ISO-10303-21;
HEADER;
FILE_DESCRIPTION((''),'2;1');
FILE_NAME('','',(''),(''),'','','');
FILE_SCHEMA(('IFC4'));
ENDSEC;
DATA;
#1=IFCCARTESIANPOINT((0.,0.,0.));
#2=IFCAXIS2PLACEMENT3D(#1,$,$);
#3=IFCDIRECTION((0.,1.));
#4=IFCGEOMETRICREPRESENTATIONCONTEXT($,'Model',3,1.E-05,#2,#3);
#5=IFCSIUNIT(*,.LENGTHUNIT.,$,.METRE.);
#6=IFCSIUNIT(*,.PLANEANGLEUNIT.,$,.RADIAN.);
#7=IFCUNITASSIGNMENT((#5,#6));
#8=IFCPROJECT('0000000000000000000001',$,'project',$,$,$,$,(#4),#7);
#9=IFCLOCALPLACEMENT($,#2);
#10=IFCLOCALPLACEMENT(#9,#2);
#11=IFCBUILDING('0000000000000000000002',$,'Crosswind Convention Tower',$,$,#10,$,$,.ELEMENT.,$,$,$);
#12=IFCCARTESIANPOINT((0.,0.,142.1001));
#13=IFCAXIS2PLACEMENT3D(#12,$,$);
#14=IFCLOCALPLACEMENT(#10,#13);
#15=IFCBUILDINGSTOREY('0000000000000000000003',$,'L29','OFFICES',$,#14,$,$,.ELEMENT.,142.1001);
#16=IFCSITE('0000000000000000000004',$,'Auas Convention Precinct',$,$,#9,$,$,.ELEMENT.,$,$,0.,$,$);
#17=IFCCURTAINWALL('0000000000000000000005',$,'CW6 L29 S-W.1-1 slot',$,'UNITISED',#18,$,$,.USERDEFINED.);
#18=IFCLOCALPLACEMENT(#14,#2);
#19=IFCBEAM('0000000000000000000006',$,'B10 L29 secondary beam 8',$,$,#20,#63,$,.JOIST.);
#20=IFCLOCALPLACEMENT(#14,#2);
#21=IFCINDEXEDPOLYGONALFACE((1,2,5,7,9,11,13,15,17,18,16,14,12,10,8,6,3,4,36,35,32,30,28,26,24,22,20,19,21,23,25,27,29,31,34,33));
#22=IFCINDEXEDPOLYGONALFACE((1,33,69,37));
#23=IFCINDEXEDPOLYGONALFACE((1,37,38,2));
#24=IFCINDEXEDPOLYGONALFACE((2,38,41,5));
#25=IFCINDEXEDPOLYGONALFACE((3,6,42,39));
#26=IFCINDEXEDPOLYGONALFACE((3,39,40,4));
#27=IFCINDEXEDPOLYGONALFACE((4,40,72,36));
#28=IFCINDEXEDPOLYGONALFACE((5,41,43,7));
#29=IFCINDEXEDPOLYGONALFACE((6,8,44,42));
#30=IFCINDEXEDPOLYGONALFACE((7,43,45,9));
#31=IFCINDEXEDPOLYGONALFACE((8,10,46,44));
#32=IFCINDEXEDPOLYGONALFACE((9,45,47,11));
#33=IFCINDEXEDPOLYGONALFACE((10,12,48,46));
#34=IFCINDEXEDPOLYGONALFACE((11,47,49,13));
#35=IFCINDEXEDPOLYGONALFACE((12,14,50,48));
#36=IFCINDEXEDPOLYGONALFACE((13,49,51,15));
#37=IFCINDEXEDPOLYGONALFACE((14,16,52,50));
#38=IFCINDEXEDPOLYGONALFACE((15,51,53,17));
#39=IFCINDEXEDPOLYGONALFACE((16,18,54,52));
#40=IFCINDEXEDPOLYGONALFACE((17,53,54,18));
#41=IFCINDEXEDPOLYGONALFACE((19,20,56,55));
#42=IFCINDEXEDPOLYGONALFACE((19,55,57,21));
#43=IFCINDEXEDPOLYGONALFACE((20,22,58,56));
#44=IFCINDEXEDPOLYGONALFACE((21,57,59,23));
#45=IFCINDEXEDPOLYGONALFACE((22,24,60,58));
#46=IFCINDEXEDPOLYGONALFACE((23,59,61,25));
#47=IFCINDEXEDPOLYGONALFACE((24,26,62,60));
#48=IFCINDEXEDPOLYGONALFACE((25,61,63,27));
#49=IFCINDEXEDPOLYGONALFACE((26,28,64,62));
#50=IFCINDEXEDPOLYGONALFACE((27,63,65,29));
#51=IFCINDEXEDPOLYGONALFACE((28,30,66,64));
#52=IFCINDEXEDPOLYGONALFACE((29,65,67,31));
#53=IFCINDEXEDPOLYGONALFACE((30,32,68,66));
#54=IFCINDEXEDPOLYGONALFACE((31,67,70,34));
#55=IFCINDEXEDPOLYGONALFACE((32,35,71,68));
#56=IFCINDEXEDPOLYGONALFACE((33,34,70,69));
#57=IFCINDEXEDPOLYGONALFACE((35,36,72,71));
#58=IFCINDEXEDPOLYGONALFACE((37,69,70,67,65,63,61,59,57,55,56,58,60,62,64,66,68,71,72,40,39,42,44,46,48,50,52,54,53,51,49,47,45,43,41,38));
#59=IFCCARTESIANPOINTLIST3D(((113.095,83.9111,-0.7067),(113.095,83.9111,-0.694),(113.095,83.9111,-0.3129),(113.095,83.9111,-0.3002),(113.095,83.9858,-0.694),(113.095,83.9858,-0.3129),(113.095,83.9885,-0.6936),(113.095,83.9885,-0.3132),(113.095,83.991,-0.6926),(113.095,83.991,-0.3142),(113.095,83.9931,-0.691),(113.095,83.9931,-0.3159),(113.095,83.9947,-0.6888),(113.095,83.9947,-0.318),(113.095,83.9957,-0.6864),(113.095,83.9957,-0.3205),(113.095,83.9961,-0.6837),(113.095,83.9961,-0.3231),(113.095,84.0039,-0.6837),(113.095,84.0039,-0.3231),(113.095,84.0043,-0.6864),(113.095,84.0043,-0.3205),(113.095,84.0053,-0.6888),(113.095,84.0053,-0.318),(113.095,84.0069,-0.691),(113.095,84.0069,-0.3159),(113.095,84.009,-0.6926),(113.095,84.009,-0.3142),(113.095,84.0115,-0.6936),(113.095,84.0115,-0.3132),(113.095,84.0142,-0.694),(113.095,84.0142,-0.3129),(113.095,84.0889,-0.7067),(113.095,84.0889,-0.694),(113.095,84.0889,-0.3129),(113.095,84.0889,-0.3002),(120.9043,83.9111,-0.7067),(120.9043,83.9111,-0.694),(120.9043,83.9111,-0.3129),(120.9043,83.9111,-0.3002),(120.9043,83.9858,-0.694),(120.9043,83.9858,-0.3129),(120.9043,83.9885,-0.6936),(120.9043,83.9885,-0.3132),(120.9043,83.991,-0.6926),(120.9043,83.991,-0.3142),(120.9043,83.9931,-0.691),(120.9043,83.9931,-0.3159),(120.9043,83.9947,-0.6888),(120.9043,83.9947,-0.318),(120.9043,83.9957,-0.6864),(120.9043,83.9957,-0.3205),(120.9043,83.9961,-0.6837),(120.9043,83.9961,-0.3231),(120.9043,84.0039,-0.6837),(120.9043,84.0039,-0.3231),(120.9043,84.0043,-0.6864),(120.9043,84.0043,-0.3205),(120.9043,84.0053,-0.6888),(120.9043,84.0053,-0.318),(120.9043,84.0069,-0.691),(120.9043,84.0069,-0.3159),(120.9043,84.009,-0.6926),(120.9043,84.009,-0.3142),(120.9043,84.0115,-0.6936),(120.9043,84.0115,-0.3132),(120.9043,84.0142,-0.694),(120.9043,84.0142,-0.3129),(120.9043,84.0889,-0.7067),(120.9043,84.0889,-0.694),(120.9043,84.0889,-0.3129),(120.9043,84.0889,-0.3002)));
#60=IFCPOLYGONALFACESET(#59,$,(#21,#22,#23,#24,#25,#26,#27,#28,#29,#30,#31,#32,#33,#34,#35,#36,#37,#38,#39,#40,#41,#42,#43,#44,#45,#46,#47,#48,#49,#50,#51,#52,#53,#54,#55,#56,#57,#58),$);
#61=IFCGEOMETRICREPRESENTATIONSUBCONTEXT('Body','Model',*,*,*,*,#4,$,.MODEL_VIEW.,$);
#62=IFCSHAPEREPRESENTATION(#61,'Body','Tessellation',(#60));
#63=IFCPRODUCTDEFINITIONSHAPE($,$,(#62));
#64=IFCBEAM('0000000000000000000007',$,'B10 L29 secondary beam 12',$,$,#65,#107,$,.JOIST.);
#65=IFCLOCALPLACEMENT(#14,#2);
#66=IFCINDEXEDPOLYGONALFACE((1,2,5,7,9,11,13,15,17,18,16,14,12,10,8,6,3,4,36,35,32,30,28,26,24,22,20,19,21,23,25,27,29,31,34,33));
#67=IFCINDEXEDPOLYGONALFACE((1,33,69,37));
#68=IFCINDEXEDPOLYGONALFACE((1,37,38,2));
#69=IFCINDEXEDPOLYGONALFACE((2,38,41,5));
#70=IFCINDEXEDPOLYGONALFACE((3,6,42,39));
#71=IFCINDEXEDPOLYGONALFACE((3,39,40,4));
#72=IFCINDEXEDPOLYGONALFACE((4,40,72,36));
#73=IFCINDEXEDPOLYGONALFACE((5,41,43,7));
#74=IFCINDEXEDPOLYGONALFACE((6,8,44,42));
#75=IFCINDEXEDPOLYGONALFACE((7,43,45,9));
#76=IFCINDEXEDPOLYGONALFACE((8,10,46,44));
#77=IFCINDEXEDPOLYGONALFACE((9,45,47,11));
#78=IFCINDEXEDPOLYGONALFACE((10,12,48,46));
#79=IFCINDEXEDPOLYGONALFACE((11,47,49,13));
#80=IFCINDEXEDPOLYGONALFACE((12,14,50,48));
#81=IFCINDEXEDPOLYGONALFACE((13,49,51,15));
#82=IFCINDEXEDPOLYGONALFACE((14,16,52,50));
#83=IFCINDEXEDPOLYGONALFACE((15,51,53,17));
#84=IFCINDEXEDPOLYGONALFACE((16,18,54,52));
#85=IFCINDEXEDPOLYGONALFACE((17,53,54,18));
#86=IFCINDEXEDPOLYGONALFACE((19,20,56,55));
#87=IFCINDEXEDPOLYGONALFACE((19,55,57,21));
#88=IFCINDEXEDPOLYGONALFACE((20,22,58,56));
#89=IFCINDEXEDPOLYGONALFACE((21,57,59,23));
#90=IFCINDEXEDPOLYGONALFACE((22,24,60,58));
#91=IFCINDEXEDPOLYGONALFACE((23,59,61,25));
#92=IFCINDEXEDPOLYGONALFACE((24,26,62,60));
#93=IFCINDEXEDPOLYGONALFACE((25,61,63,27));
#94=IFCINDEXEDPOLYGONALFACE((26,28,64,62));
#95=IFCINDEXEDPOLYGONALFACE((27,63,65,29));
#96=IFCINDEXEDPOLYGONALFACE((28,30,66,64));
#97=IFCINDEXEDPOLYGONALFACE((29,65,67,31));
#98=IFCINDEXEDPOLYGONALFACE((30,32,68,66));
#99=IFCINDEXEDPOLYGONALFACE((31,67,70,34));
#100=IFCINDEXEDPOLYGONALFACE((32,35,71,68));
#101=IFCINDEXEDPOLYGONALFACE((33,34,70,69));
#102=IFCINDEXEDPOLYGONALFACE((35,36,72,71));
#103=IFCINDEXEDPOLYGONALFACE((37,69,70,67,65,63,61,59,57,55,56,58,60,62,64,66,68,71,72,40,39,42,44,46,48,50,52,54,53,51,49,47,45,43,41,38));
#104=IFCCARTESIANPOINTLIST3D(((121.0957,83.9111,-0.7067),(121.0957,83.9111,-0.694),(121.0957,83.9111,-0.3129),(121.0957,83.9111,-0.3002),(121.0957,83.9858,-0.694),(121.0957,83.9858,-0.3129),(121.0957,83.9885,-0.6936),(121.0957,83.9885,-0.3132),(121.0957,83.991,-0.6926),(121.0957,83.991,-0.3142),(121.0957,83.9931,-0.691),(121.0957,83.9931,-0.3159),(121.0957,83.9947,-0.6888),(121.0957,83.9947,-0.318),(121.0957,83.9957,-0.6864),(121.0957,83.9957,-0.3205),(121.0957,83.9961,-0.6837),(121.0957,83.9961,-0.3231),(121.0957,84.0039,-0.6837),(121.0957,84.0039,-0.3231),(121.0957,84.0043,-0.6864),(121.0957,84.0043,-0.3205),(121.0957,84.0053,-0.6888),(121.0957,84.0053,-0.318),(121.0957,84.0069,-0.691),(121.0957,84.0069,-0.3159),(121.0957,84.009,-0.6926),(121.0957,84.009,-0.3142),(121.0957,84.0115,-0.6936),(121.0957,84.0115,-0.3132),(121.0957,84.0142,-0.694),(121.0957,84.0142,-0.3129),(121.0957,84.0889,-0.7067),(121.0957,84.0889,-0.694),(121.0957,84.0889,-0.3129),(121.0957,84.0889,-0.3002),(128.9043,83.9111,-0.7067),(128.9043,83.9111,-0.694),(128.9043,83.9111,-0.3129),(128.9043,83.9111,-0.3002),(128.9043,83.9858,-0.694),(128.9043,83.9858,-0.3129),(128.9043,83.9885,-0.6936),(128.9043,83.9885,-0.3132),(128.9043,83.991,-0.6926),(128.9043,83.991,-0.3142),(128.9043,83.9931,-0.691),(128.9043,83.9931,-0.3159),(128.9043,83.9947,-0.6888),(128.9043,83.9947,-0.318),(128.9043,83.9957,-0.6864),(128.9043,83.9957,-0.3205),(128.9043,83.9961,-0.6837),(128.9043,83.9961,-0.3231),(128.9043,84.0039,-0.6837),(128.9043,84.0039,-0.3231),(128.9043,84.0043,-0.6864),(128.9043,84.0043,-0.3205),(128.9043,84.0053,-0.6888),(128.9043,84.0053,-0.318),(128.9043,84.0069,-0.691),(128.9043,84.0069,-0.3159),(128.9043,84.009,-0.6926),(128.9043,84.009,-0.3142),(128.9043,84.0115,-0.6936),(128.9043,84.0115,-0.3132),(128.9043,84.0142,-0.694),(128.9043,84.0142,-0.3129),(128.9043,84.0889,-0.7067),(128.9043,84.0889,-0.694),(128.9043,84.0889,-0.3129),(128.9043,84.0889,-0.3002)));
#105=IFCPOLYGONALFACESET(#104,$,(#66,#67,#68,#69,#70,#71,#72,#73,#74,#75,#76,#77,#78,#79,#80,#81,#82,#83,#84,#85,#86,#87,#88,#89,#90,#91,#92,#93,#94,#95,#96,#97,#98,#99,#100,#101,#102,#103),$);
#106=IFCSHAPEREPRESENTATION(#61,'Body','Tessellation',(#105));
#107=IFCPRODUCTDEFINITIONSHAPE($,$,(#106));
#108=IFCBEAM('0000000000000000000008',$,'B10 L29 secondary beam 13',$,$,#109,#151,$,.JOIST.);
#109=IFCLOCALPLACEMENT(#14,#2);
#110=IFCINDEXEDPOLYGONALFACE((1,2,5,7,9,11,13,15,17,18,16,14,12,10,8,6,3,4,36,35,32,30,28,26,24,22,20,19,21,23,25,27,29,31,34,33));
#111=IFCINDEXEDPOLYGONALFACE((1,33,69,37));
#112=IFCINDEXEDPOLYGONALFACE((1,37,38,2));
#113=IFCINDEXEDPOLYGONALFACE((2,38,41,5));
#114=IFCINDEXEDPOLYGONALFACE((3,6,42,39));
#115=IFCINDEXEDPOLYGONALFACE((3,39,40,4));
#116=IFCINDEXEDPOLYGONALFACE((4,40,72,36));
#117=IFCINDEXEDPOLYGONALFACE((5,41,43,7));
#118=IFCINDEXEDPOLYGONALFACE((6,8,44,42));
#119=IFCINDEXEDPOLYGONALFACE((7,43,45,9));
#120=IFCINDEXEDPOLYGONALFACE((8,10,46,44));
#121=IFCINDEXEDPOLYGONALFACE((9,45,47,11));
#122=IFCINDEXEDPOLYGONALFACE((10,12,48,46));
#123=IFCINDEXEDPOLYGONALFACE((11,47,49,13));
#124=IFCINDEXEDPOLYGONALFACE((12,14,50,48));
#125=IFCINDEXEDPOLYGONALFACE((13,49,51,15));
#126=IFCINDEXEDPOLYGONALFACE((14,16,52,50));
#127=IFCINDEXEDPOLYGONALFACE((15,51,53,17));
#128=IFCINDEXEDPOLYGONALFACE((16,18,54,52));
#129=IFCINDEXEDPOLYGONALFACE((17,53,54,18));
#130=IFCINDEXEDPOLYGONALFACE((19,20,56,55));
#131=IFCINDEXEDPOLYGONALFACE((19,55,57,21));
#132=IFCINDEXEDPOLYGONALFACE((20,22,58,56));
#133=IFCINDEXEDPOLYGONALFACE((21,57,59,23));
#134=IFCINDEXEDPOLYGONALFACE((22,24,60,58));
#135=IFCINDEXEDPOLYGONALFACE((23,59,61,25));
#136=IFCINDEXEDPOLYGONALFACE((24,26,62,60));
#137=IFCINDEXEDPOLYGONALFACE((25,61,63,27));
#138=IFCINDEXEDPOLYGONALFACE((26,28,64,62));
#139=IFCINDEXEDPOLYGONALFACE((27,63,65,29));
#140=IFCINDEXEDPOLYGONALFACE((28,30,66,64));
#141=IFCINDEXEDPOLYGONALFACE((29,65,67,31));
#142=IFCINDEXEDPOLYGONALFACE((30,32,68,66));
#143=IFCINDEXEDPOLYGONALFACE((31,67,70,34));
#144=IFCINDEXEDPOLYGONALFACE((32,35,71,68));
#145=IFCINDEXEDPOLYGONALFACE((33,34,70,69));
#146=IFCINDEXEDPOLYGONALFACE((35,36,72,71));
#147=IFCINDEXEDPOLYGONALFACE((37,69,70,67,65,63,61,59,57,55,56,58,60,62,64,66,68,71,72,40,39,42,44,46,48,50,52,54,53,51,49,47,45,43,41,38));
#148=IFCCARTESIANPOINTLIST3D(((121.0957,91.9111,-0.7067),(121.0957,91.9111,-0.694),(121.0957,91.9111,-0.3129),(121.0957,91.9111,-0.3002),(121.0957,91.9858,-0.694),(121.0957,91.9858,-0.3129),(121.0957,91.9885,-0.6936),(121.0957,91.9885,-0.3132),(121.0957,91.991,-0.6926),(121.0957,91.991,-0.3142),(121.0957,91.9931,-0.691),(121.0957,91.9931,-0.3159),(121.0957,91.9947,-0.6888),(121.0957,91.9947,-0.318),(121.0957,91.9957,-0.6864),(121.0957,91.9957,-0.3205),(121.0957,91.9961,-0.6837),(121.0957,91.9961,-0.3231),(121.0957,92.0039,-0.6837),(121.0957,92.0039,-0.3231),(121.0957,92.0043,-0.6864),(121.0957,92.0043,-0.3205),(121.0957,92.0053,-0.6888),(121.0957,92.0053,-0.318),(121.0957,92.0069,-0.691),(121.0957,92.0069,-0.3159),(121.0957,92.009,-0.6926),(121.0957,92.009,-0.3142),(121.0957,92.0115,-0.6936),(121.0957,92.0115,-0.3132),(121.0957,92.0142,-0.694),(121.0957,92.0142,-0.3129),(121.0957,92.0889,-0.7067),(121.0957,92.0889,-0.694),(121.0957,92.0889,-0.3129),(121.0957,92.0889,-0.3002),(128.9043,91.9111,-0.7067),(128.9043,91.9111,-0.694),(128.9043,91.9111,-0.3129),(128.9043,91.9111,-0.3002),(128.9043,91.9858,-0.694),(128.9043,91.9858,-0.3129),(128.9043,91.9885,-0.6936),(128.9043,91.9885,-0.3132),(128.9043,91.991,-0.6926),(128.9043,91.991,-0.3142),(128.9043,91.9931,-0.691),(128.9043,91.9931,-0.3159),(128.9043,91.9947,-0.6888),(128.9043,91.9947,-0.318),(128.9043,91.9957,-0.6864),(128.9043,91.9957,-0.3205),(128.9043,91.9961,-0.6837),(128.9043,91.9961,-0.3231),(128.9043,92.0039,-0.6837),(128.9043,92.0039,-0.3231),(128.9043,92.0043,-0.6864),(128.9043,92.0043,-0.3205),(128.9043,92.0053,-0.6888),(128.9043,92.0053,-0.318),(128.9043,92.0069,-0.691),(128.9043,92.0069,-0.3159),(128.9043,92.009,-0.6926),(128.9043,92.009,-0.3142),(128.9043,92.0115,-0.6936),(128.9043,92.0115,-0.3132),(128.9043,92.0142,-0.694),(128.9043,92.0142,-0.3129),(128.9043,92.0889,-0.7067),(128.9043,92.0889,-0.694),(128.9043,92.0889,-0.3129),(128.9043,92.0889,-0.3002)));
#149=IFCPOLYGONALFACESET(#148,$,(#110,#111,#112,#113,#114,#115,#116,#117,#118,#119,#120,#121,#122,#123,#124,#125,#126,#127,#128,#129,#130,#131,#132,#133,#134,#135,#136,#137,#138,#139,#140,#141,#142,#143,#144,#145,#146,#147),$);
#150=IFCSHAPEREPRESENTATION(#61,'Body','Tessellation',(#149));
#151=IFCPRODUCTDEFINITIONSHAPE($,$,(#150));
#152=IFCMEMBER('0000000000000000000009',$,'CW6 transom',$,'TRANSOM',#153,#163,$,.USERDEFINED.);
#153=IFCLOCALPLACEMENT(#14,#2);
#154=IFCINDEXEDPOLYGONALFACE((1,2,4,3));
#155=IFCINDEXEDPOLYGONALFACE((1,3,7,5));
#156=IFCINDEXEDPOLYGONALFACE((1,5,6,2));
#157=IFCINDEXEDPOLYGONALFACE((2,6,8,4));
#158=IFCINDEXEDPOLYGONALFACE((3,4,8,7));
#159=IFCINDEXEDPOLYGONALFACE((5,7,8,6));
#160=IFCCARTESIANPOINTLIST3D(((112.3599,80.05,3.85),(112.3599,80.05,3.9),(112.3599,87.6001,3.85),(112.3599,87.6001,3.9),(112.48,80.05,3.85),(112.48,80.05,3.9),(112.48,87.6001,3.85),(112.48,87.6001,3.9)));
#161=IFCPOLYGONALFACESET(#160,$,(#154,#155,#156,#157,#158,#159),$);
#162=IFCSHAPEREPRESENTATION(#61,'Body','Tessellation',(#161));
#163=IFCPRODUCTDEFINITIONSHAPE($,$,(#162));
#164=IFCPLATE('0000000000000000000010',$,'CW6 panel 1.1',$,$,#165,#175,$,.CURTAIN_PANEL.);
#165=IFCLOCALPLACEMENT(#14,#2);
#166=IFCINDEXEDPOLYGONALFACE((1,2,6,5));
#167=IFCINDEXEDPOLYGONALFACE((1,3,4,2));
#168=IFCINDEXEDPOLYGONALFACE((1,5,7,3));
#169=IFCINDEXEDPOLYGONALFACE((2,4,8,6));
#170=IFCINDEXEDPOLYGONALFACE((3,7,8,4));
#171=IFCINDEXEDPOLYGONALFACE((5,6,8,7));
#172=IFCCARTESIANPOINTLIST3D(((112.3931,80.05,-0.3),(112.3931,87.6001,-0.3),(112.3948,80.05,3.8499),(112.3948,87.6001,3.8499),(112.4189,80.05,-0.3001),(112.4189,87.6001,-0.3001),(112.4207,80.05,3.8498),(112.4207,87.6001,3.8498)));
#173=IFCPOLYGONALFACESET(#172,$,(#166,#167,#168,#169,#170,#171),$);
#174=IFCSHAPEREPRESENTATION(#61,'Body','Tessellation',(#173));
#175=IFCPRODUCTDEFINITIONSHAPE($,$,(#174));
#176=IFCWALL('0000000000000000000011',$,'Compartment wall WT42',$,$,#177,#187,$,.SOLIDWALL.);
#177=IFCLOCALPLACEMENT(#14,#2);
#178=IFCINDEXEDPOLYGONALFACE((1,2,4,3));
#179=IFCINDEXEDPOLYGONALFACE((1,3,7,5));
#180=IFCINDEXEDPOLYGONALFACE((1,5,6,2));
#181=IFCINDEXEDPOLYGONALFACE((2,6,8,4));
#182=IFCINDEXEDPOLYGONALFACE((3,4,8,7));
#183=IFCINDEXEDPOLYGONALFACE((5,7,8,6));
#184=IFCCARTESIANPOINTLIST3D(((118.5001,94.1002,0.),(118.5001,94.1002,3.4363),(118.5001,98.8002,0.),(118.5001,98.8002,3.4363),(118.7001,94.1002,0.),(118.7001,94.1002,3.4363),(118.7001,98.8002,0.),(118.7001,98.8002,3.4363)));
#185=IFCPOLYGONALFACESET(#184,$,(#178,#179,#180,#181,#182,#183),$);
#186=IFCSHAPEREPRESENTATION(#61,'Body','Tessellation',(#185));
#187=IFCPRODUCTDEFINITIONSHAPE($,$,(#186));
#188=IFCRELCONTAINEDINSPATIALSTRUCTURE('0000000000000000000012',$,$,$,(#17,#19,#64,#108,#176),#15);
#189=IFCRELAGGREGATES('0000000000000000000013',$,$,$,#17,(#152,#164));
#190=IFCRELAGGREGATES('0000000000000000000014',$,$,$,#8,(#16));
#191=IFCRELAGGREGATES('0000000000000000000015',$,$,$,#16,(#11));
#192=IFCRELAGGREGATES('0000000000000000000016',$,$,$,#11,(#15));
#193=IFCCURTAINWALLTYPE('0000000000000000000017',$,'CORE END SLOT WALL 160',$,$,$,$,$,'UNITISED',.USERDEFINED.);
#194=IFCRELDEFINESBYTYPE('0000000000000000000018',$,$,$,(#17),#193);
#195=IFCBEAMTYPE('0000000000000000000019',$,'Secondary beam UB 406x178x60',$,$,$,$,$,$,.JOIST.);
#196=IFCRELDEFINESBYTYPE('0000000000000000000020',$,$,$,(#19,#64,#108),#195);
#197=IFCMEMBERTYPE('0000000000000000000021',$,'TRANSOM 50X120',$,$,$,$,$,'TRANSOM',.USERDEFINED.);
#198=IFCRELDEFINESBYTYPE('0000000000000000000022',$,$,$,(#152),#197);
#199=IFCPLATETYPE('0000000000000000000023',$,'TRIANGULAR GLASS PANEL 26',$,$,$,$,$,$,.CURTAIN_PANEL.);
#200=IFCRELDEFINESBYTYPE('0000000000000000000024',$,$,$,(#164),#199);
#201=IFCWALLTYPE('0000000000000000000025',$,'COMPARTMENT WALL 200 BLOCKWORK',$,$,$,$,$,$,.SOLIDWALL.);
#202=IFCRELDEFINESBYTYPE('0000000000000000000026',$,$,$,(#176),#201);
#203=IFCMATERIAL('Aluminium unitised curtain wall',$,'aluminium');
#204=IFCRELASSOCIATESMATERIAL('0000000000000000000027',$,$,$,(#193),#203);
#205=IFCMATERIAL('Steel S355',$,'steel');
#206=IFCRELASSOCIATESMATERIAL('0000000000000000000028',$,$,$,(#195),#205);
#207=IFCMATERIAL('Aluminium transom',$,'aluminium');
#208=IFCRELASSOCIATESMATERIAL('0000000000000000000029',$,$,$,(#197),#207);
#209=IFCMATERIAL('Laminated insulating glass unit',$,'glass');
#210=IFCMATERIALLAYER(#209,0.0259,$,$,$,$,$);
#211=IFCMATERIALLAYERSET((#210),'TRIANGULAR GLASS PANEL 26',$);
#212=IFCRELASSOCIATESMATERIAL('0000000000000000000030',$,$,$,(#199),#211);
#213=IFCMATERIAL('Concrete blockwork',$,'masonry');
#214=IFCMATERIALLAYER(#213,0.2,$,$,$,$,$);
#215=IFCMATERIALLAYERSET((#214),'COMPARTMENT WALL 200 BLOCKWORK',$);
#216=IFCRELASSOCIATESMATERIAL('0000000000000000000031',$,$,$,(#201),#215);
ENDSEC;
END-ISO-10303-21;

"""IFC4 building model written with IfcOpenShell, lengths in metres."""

from ifc_helpers import new_model, si_unit, direction, frame, frame_2d, origin, origin_2d, place, context, subcontext, project, spatial, polyline, rectangle, i_section, outline, extrude, material, layer, layer_set, material_profile, profile_set, type_object, element, aggregate, save


model = new_model("IFC4")

# Units and contexts
model_context = context("Model", 3, precision=1e-05, world=origin(), true_north=direction((0.0, 1.0)))
body_context = subcontext(model_context, "Body", "Model", "MODEL_VIEW")
ifc_project = project(units=[si_unit("LENGTHUNIT", "METRE"), si_unit("PLANEANGLEUNIT", "RADIAN")], contexts=[model_context])

# Site, building, storey
site_placement = place(None, origin())
site = spatial("IfcSite", under=ifc_project, at=site_placement, Name="Auas Convention Precinct", CompositionType="ELEMENT", RefElevation=0.0)
building_placement = place(site_placement, origin())
building = spatial("IfcBuilding", under=site, at=building_placement, Name="Crosswind Convention Tower", CompositionType="ELEMENT")
storey_placement = place(building_placement, frame((0.0, 0.0, 142.1001)))
storey = spatial("IfcBuildingStorey", under=building, at=storey_placement, Name="L29", Description="OFFICES", CompositionType="ELEMENT", Elevation=142.1001)

# Shared definitions
ifc_material_1 = material(Name="Steel S355", Category="steel")

# Curtain wall
ifc_material_2 = material(Name="Aluminium unitised curtain wall", Category="aluminium")
curtain_wall_type = type_object("IfcCurtainWallType", Name="CORE END SLOT WALL 160", ElementType="UNITISED", PredefinedType="USERDEFINED", material=ifc_material_2)
curtain_wall_placement = place(storey_placement, origin())
curtain_wall = element("IfcCurtainWall", 1, at=curtain_wall_placement, inside=storey, type_object=curtain_wall_type, Name="CW6 L29 S-W.1-1 slot", ObjectType="UNITISED", PredefinedType="USERDEFINED")

# Beams
ifc_material_profile_1 = material_profile(ifc_material_1, i_section(OverallWidth=0.1777, OverallDepth=0.4065, WebThickness=0.0078, FlangeThickness=0.0127, FilletRadius=0.0103, at=origin_2d()), Name="UB 406x178x60")
ifc_profile_set_1 = profile_set([ifc_material_profile_1], Name="Steel S355")
beam_type_1 = type_object("IfcBeamType", Name="Secondary beam UB 406x178x60", PredefinedType="JOIST", material=ifc_profile_set_1)
beam_1_placement = place(storey_placement, frame((113.095, 84.0, -0.5034), z_axis=(1.0, 0.0, 0.0), x_axis=(0.0, 1.0, 0.0)))
element("IfcBeam", 2, at=beam_1_placement, inside=storey, type_object=beam_type_1, Name="B10 L29 secondary beam 8", PredefinedType="JOIST", context=body_context, shape_type="SweptSolid", body=[
    extrude(i_section(OverallWidth=0.1777, OverallDepth=0.4065, WebThickness=0.0078, FlangeThickness=0.0127, FilletRadius=0.0103, at=origin_2d()), origin(), (0.0, 0.0, 1.0), 7.8093),
])
for number, where, z_axis, x_axis, name in (
    (3, (121.0957, 84.0, -0.5034), (1.0, 0.0, 0.0), (0.0, 1.0, 0.0), "B10 L29 secondary beam 12"),
    (4, (121.0957, 92.0, -0.5034), (1.0, 0.0, 0.0), (0.0, 1.0, 0.0), "B10 L29 secondary beam 13"),
):
    element("IfcBeam", number, at=place(storey_placement, frame(where, z_axis=z_axis, x_axis=x_axis)), inside=storey, type_object=beam_type_1, Name=name, PredefinedType="JOIST", context=body_context, shape_type="SweptSolid", body=[
        extrude(i_section(OverallWidth=0.1777, OverallDepth=0.4065, WebThickness=0.0078, FlangeThickness=0.0127, FilletRadius=0.0103, at=origin_2d()), origin(), (0.0, 0.0, 1.0), 7.8086),
    ])

# Member
ifc_material_3 = material(Name="Aluminium transom", Category="aluminium")
ifc_material_profile_2 = material_profile(ifc_material_3, rectangle(XDim=0.1201, YDim=0.05, at=origin_2d()), Name="AL 120X50")
ifc_profile_set_2 = profile_set([ifc_material_profile_2], Name="Aluminium transom")
member_type_1 = type_object("IfcMemberType", Name="TRANSOM 50X120", ElementType="TRANSOM", PredefinedType="USERDEFINED", material=ifc_profile_set_2)
member_1_placement = place(storey_placement, frame((112.4199, 87.6001, 3.875), z_axis=(0.0, -1.0, 0.0), x_axis=(1.0, 0.0, 0.0)))
member_1 = element("IfcMember", 5, at=member_1_placement, type_object=member_type_1, Name="CW6 transom", ObjectType="TRANSOM", PredefinedType="USERDEFINED", context=body_context, shape_type="SweptSolid", body=[
    extrude(rectangle(XDim=0.1201, YDim=0.05, at=origin_2d()), origin(), (0.0, 0.0, 1.0), 7.55),
])

# Plate
ifc_material_4 = material(Name="Laminated insulating glass unit", Category="glass")
ifc_layer_1 = layer(ifc_material_4, 0.0259)
ifc_layer_set_1 = layer_set([ifc_layer_1], Name="TRIANGULAR GLASS PANEL 26")
plate_type = type_object("IfcPlateType", Name="TRIANGULAR GLASS PANEL 26", PredefinedType="CURTAIN_PANEL", material=ifc_layer_set_1)
plate_placement = place(storey_placement, frame((112.3931, 87.6001, -0.3), z_axis=(-1.0, 0.0, 0.000412), x_axis=(0.0, -1.0, 0.0)))
plate = element("IfcPlate", 6, at=plate_placement, type_object=plate_type, Name="CW6 panel 1.1", PredefinedType="CURTAIN_PANEL", context=body_context, shape_type="SweptSolid", body=[
    extrude(outline(polyline([(0.0, 0.0), (7.55, 0.0), (7.55, 4.1499), (0.0, 4.1499), (0.0, 0.0)])), origin(), (0.0, 0.0, -1.0), 0.0259),
])
aggregate(curtain_wall, [member_1, plate])

# Wall
ifc_material_5 = material(Name="Concrete blockwork", Category="masonry")
ifc_layer_2 = layer(ifc_material_5, 0.2)
ifc_layer_set_2 = layer_set([ifc_layer_2], Name="COMPARTMENT WALL 200 BLOCKWORK")
wall_type_1 = type_object("IfcWallType", Name="COMPARTMENT WALL 200 BLOCKWORK", PredefinedType="SOLIDWALL", material=ifc_layer_set_2)
wall_1_placement = place(storey_placement, frame((118.6001, 94.1001, 0.0), z_axis=(0.0, 0.0, 1.0), x_axis=(0.0, 1.0, 0.0)))
element("IfcWall", 7, at=wall_1_placement, inside=storey, type_object=wall_type_1, Name="Compartment wall WT42", PredefinedType="SOLIDWALL", context=body_context, shape_type="SweptSolid", body=[
    extrude(rectangle(XDim=4.7, YDim=0.2, at=frame_2d((2.3501, 0.0))), origin(), (0.0, 0.0, 1.0), 3.4363),
])

save(model, "model.ifc")
